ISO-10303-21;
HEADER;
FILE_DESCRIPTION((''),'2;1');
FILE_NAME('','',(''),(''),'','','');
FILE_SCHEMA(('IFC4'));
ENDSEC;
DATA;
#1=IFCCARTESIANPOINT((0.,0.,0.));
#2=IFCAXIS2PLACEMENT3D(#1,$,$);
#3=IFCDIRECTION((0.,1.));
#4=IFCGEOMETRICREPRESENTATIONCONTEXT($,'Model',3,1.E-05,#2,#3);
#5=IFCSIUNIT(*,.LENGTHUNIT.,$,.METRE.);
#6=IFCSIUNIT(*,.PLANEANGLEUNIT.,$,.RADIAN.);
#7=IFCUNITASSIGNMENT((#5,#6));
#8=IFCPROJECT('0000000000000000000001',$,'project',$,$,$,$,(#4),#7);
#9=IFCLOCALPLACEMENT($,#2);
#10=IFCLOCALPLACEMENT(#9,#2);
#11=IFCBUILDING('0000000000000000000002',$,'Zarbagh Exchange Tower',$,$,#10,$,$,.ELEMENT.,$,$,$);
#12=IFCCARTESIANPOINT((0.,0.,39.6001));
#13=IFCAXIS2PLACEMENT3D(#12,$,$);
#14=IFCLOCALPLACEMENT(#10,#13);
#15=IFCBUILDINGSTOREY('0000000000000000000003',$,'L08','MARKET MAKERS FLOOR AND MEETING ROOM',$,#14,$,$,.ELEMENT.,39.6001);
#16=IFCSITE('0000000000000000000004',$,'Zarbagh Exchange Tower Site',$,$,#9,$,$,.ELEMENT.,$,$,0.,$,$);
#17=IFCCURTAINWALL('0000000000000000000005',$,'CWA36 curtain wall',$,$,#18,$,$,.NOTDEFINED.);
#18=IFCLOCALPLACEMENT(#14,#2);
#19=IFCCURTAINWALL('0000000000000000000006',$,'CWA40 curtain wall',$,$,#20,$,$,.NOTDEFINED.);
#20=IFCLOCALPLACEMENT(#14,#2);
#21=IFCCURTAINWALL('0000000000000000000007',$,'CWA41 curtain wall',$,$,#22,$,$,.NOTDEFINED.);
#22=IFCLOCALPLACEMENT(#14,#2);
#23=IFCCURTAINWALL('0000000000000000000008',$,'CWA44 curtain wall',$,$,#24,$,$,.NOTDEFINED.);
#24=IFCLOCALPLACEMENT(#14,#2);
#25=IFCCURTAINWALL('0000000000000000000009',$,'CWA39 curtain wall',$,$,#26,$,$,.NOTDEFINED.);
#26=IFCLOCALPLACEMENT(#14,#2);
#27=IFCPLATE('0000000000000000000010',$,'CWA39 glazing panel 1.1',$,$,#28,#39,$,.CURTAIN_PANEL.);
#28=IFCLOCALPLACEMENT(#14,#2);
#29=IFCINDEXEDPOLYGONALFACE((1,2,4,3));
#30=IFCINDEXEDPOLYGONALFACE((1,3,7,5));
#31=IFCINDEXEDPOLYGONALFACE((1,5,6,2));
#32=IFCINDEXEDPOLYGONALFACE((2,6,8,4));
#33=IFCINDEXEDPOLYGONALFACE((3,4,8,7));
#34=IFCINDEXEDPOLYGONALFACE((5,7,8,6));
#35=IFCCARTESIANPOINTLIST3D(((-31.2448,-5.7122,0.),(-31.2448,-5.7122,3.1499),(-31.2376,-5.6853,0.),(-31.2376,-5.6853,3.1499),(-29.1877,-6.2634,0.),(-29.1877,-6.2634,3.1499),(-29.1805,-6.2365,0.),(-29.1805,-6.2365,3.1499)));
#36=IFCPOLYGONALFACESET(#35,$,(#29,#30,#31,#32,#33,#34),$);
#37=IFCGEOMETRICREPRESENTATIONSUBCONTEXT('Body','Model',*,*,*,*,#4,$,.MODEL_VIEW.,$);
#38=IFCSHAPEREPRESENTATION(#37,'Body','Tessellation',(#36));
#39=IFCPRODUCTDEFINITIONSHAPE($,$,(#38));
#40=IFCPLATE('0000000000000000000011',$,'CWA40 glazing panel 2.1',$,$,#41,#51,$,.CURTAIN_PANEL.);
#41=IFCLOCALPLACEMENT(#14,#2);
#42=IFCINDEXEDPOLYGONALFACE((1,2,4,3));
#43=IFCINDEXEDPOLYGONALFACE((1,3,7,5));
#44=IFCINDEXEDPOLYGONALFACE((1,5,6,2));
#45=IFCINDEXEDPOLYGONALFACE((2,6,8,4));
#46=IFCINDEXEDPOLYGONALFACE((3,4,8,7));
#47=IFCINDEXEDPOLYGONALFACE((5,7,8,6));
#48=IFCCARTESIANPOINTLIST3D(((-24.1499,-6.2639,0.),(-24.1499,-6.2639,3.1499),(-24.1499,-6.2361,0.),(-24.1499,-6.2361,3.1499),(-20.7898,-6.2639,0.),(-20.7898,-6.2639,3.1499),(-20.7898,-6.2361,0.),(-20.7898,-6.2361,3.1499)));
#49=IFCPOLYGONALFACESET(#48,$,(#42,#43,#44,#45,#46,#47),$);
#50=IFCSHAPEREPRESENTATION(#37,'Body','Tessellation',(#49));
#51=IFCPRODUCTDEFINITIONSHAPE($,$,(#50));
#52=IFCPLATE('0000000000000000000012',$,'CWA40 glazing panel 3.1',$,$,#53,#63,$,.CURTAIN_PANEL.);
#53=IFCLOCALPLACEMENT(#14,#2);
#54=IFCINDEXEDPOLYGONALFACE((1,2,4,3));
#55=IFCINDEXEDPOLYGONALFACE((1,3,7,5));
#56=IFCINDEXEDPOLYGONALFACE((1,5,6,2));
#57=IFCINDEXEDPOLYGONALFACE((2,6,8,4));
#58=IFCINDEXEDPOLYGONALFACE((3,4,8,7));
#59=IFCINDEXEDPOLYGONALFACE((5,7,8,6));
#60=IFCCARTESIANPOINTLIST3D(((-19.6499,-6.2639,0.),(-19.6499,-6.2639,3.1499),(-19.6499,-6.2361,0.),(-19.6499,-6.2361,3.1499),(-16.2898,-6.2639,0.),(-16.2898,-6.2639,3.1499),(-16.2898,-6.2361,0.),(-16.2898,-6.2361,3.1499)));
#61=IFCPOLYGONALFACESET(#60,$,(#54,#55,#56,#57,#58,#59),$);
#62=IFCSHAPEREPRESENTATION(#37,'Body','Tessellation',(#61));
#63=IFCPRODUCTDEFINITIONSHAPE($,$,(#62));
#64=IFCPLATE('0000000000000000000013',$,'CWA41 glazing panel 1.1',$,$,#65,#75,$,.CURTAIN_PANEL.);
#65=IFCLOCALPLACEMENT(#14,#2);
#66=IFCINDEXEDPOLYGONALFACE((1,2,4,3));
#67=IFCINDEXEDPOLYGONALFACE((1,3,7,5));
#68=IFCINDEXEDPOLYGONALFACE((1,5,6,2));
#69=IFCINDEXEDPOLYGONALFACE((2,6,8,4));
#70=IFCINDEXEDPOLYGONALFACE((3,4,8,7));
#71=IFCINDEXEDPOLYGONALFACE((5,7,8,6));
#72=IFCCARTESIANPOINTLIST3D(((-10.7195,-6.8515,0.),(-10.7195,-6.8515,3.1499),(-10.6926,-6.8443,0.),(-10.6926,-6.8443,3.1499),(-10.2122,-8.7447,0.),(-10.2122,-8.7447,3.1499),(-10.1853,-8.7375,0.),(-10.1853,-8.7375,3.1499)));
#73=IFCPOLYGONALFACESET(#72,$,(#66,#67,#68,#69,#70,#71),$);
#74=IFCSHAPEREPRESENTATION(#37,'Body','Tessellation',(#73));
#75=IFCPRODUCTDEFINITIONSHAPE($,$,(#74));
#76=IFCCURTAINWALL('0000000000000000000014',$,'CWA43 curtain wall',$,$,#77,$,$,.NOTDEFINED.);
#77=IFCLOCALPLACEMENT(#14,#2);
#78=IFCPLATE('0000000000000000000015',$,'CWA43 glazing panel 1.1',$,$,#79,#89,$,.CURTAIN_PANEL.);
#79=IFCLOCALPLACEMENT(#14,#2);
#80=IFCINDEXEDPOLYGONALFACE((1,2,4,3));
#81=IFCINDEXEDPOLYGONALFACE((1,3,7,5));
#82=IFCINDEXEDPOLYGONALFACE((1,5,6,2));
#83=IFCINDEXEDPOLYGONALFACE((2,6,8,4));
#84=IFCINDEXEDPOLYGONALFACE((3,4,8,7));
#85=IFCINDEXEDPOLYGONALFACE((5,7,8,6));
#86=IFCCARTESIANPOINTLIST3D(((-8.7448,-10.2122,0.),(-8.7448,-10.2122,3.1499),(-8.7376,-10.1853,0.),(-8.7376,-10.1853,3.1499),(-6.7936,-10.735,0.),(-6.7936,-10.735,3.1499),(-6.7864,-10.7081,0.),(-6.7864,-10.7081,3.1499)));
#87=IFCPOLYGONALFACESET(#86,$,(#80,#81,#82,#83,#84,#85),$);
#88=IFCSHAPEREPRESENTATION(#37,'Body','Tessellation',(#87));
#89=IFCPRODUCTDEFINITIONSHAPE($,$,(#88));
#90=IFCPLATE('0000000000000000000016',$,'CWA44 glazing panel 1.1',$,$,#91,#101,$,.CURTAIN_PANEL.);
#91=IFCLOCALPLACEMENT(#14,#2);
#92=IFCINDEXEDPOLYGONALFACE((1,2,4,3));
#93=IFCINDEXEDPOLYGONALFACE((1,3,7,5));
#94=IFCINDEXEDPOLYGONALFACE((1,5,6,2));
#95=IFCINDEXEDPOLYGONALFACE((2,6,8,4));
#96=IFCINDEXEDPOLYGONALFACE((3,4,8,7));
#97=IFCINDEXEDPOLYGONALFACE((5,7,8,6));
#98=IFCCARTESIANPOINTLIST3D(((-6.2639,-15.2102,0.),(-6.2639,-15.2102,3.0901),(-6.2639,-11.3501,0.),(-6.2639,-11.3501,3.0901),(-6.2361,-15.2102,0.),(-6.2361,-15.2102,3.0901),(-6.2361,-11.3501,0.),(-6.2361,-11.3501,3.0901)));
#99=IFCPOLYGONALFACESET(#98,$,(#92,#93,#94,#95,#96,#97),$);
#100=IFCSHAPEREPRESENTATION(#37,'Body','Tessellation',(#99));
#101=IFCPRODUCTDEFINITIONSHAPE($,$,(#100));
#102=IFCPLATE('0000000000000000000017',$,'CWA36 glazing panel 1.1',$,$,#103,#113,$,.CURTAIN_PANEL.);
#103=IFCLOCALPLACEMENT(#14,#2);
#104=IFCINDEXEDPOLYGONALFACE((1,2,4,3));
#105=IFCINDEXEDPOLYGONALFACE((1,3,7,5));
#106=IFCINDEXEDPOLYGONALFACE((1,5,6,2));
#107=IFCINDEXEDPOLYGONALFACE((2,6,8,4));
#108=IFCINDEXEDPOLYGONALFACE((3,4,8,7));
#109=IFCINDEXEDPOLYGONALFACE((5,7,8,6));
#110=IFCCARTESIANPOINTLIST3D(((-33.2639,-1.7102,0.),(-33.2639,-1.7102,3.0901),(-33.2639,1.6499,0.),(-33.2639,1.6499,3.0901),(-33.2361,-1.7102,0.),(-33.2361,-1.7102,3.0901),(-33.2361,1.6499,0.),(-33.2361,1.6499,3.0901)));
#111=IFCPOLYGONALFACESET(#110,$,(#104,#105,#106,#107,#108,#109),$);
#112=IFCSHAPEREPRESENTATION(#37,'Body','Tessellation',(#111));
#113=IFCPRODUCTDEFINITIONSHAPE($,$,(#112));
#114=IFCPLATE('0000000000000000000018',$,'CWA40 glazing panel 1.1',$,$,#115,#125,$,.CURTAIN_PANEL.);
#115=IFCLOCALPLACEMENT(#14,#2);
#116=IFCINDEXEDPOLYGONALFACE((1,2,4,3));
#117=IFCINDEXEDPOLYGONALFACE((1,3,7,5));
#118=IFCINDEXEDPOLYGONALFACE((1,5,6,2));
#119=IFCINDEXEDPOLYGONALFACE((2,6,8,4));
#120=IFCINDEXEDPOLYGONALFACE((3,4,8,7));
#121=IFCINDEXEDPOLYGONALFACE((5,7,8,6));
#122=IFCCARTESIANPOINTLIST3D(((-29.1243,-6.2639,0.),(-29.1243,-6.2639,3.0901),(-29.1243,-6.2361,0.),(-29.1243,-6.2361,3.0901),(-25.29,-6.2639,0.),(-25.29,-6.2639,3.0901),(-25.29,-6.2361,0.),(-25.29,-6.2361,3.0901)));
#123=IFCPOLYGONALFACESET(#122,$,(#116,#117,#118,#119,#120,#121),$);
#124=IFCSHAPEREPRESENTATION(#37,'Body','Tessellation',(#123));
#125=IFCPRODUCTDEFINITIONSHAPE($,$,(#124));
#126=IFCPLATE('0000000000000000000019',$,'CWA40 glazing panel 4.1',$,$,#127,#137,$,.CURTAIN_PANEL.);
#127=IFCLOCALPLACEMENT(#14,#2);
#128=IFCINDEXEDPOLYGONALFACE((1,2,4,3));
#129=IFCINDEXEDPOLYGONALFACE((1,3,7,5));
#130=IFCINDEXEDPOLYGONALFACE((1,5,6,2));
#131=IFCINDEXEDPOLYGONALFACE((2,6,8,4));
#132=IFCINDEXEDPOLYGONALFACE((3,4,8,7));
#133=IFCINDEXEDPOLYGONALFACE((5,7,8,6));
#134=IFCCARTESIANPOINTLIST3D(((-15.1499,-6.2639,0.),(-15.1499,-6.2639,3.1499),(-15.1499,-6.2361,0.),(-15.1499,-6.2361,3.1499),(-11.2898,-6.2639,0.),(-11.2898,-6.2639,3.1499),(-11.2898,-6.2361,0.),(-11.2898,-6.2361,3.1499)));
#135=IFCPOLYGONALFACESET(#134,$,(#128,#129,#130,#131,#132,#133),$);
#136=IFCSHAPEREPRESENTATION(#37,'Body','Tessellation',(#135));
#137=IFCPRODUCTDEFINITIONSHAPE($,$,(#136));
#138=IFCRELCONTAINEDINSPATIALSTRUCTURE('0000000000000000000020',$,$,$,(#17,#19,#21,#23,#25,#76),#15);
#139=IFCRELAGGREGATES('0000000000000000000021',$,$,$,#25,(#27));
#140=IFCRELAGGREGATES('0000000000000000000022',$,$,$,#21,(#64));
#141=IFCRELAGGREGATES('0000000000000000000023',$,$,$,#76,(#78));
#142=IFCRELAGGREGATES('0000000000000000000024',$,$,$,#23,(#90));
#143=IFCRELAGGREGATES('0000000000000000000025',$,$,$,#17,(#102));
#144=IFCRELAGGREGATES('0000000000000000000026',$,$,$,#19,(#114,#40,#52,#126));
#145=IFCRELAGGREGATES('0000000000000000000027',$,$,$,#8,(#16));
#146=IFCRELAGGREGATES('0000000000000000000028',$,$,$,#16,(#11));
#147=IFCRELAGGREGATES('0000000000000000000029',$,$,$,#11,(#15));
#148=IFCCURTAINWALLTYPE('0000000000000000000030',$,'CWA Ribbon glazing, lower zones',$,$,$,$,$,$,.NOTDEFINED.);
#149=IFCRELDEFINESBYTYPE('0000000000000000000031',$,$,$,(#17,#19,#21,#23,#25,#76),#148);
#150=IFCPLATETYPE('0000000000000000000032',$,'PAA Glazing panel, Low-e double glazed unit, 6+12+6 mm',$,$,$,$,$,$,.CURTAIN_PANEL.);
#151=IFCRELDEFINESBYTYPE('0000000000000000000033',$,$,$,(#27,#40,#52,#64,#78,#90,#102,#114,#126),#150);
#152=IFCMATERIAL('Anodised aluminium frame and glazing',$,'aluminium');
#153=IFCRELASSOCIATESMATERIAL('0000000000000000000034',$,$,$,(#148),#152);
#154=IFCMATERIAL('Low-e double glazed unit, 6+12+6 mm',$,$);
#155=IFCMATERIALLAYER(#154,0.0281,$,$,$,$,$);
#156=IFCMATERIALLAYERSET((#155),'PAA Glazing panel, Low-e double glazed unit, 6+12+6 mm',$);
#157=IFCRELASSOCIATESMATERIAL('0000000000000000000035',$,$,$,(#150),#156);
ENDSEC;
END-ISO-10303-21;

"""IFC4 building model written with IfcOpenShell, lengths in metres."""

from ifc_helpers import new_model, si_unit, direction, frame, origin, place, context, subcontext, project, spatial, polyline, outline, extrude, source, transform, mapped, material, layer, layer_set, type_object, element, aggregate, save


model = new_model("IFC4")

# Units and contexts
model_context = context("Model", 3, precision=1e-05, world=origin(), true_north=direction((0.0, 1.0)))
body_context = subcontext(model_context, "Body", "Model", "MODEL_VIEW")
ifc_project = project(units=[si_unit("LENGTHUNIT", "METRE"), si_unit("PLANEANGLEUNIT", "RADIAN")], contexts=[model_context])

# Site, building, storey
site_placement = place(None, origin())
site = spatial("IfcSite", under=ifc_project, at=site_placement, Name="Zarbagh Exchange Tower Site", CompositionType="ELEMENT", RefElevation=0.0)
building_placement = place(site_placement, origin())
building = spatial("IfcBuilding", under=site, at=building_placement, Name="Zarbagh Exchange Tower", CompositionType="ELEMENT")
storey_placement = place(building_placement, frame((0.0, 0.0, 39.6001)))
storey = spatial("IfcBuildingStorey", under=building, at=storey_placement, Name="L08", Description="MARKET MAKERS FLOOR AND MEETING ROOM", CompositionType="ELEMENT", Elevation=39.6001)

# Curtain wall
ifc_material_1 = material(Name="Anodised aluminium frame and glazing", Category="aluminium")
curtain_wall_type = type_object("IfcCurtainWallType", Name="CWA Ribbon glazing, lower zones", PredefinedType="NOTDEFINED", material=ifc_material_1)
curtain_wall_1_placement = place(storey_placement, origin())
curtain_wall_1 = element("IfcCurtainWall", 1, at=curtain_wall_1_placement, inside=storey, type_object=curtain_wall_type, Name="CWA36 curtain wall", PredefinedType="NOTDEFINED")
placement = place(storey_placement, origin())

# Curtain wall
curtain_wall_2_placement = place(storey_placement, origin())
curtain_wall_2 = element("IfcCurtainWall", 2, at=curtain_wall_2_placement, inside=storey, type_object=curtain_wall_type, Name="CWA40 curtain wall", PredefinedType="NOTDEFINED")

# Curtain wall
curtain_wall_3_placement = place(storey_placement, origin())
curtain_wall_3 = element("IfcCurtainWall", 3, at=curtain_wall_3_placement, inside=storey, type_object=curtain_wall_type, Name="CWA41 curtain wall", PredefinedType="NOTDEFINED")

# Curtain wall
curtain_wall_4_placement = place(storey_placement, origin())
curtain_wall_4 = element("IfcCurtainWall", 4, at=curtain_wall_4_placement, inside=storey, type_object=curtain_wall_type, Name="CWA44 curtain wall", PredefinedType="NOTDEFINED")

# Shared definitions
ifc_material_2 = material(Name="Low-e double glazed unit, 6+12+6 mm")
ifc_layer = layer(ifc_material_2, 0.0281)
ifc_layer_set = layer_set([ifc_layer], Name="PAA Glazing panel, Low-e double glazed unit, 6+12+6 mm")
plate_type = type_object("IfcPlateType", Name="PAA Glazing panel, Low-e double glazed unit, 6+12+6 mm", PredefinedType="CURTAIN_PANEL", material=ifc_layer_set)

# Curtain wall, plate
curtain_wall_5_placement = place(storey_placement, origin())
curtain_wall_5 = element("IfcCurtainWall", 5, at=curtain_wall_5_placement, inside=storey, type_object=curtain_wall_type, Name="CWA39 curtain wall", PredefinedType="NOTDEFINED")
shared_shape_1 = source(origin(), body_context, "Body", "SweptSolid", [
    extrude(outline(polyline([(0.0, -0.0139), (2.1296, -0.0139), (2.1296, 0.0139), (0.0, 0.0139), (0.0, -0.0139)])), origin(), (0.0, 0.0, 1.0), 3.1499),
])
plate_1 = element("IfcPlate", 6, at=placement, type_object=plate_type, Name="CWA39 glazing panel 1.1", PredefinedType="CURTAIN_PANEL", context=body_context, shape_type="MappedRepresentation", body=[
    mapped(shared_shape_1, transform((-31.2412, -5.6987, 0.0), x_axis=(0.965924, -0.258825, 0.0), y_axis=(0.258825, 0.965924, 0.0), z_axis=(0.0, 0.0, 1.0))),
])
aggregate(curtain_wall_5, [plate_1])

# Plates
shared_shape_2 = source(origin(), body_context, "Body", "SweptSolid", [
    extrude(outline(polyline([(0.0, -0.0139), (3.3601, -0.0139), (3.3601, 0.0139), (0.0, 0.0139), (0.0, -0.0139)])), origin(), (0.0, 0.0, 1.0), 3.1499),
])
plate_2 = element("IfcPlate", 7, at=placement, type_object=plate_type, Name="CWA40 glazing panel 2.1", PredefinedType="CURTAIN_PANEL", context=body_context, shape_type="MappedRepresentation", body=[
    mapped(shared_shape_2, transform((-24.1499, -6.25, 0.0), x_axis=(1.0, 0.0, 0.0), y_axis=(0.0, 1.0, 0.0), z_axis=(0.0, 0.0, 1.0))),
])
plate_3 = element("IfcPlate", 8, at=placement, type_object=plate_type, Name="CWA40 glazing panel 3.1", PredefinedType="CURTAIN_PANEL", context=body_context, shape_type="MappedRepresentation", body=[
    mapped(shared_shape_2, transform((-19.6499, -6.25, 0.0), x_axis=(1.0, 0.0, 0.0), y_axis=(0.0, 1.0, 0.0), z_axis=(0.0, 0.0, 1.0))),
])
shared_shape_3 = source(origin(), body_context, "Body", "SweptSolid", [
    extrude(outline(polyline([(0.0, -0.0139), (1.96, -0.0139), (1.96, 0.0139), (0.0, 0.0139), (0.0, -0.0139)])), origin(), (0.0, 0.0, 1.0), 3.1499),
])
plate_4 = element("IfcPlate", 9, at=placement, type_object=plate_type, Name="CWA41 glazing panel 1.1", PredefinedType="CURTAIN_PANEL", context=body_context, shape_type="MappedRepresentation", body=[
    mapped(shared_shape_3, transform((-10.7061, -6.8479, 0.0), x_axis=(0.258825, -0.965924, 0.0), y_axis=(0.965924, 0.258825, 0.0), z_axis=(0.0, 0.0, 1.0))),
])
aggregate(curtain_wall_3, [plate_4])

# Curtain wall, plate
curtain_wall_6_placement = place(storey_placement, origin())
curtain_wall_6 = element("IfcCurtainWall", 10, at=curtain_wall_6_placement, inside=storey, type_object=curtain_wall_type, Name="CWA43 curtain wall", PredefinedType="NOTDEFINED")
shared_shape_4 = source(origin(), body_context, "Body", "SweptSolid", [
    extrude(outline(polyline([(0.0, -0.0139), (2.02, -0.0139), (2.02, 0.0139), (0.0, 0.0139), (0.0, -0.0139)])), origin(), (0.0, 0.0, 1.0), 3.1499),
])
plate_5 = element("IfcPlate", 11, at=placement, type_object=plate_type, Name="CWA43 glazing panel 1.1", PredefinedType="CURTAIN_PANEL", context=body_context, shape_type="MappedRepresentation", body=[
    mapped(shared_shape_4, transform((-8.7412, -10.1987, 0.0), x_axis=(0.965924, -0.258825, 0.0), y_axis=(0.258825, 0.965924, 0.0), z_axis=(0.0, 0.0, 1.0))),
])
aggregate(curtain_wall_6, [plate_5])

# Plates
shared_shape_5 = source(origin(), body_context, "Body", "SweptSolid", [
    extrude(outline(polyline([(0.0, -0.0139), (3.8601, -0.0139), (3.8601, 0.0139), (0.0, 0.0139), (0.0, -0.0139)])), origin(), (0.0, 0.0, 1.0), 3.0901),
])
plate_6 = element("IfcPlate", 12, at=placement, type_object=plate_type, Name="CWA44 glazing panel 1.1", PredefinedType="CURTAIN_PANEL", context=body_context, shape_type="MappedRepresentation", body=[
    mapped(shared_shape_5, transform((-6.25, -11.3501, 0.0), x_axis=(0.0, -1.0, 0.0), y_axis=(1.0, 0.0, 0.0), z_axis=(0.0, 0.0, 1.0))),
])
aggregate(curtain_wall_4, [plate_6])
shared_shape_6 = source(origin(), body_context, "Body", "SweptSolid", [
    extrude(outline(polyline([(0.0, -0.0139), (3.3601, -0.0139), (3.3601, 0.0139), (0.0, 0.0139), (0.0, -0.0139)])), origin(), (0.0, 0.0, 1.0), 3.0901),
])
plate_7 = element("IfcPlate", 13, at=placement, type_object=plate_type, Name="CWA36 glazing panel 1.1", PredefinedType="CURTAIN_PANEL", context=body_context, shape_type="MappedRepresentation", body=[
    mapped(shared_shape_6, transform((-33.25, 1.6499, 0.0), x_axis=(0.0, -1.0, 0.0), y_axis=(1.0, 0.0, 0.0), z_axis=(0.0, 0.0, 1.0))),
])
aggregate(curtain_wall_1, [plate_7])
shared_shape_7 = source(origin(), body_context, "Body", "SweptSolid", [
    extrude(outline(polyline([(0.0, -0.0139), (3.8342, -0.0139), (3.8342, 0.0139), (0.0, 0.0139), (0.0, -0.0139)])), origin(), (0.0, 0.0, 1.0), 3.0901),
])
plate_8 = element("IfcPlate", 14, at=placement, type_object=plate_type, Name="CWA40 glazing panel 1.1", PredefinedType="CURTAIN_PANEL", context=body_context, shape_type="MappedRepresentation", body=[
    mapped(shared_shape_7, transform((-29.1243, -6.25, 0.0), x_axis=(1.0, 0.0, 0.0), y_axis=(0.0, 1.0, 0.0), z_axis=(0.0, 0.0, 1.0))),
])
shared_shape_8 = source(origin(), body_context, "Body", "SweptSolid", [
    extrude(outline(polyline([(0.0, -0.0139), (3.8601, -0.0139), (3.8601, 0.0139), (0.0, 0.0139), (0.0, -0.0139)])), origin(), (0.0, 0.0, 1.0), 3.1499),
])
plate_9 = element("IfcPlate", 15, at=placement, type_object=plate_type, Name="CWA40 glazing panel 4.1", PredefinedType="CURTAIN_PANEL", context=body_context, shape_type="MappedRepresentation", body=[
    mapped(shared_shape_8, transform((-15.1499, -6.25, 0.0), x_axis=(1.0, 0.0, 0.0), y_axis=(0.0, 1.0, 0.0), z_axis=(0.0, 0.0, 1.0))),
])
aggregate(curtain_wall_2, [plate_8, plate_2, plate_3, plate_9])

save(model, "model.ifc")
